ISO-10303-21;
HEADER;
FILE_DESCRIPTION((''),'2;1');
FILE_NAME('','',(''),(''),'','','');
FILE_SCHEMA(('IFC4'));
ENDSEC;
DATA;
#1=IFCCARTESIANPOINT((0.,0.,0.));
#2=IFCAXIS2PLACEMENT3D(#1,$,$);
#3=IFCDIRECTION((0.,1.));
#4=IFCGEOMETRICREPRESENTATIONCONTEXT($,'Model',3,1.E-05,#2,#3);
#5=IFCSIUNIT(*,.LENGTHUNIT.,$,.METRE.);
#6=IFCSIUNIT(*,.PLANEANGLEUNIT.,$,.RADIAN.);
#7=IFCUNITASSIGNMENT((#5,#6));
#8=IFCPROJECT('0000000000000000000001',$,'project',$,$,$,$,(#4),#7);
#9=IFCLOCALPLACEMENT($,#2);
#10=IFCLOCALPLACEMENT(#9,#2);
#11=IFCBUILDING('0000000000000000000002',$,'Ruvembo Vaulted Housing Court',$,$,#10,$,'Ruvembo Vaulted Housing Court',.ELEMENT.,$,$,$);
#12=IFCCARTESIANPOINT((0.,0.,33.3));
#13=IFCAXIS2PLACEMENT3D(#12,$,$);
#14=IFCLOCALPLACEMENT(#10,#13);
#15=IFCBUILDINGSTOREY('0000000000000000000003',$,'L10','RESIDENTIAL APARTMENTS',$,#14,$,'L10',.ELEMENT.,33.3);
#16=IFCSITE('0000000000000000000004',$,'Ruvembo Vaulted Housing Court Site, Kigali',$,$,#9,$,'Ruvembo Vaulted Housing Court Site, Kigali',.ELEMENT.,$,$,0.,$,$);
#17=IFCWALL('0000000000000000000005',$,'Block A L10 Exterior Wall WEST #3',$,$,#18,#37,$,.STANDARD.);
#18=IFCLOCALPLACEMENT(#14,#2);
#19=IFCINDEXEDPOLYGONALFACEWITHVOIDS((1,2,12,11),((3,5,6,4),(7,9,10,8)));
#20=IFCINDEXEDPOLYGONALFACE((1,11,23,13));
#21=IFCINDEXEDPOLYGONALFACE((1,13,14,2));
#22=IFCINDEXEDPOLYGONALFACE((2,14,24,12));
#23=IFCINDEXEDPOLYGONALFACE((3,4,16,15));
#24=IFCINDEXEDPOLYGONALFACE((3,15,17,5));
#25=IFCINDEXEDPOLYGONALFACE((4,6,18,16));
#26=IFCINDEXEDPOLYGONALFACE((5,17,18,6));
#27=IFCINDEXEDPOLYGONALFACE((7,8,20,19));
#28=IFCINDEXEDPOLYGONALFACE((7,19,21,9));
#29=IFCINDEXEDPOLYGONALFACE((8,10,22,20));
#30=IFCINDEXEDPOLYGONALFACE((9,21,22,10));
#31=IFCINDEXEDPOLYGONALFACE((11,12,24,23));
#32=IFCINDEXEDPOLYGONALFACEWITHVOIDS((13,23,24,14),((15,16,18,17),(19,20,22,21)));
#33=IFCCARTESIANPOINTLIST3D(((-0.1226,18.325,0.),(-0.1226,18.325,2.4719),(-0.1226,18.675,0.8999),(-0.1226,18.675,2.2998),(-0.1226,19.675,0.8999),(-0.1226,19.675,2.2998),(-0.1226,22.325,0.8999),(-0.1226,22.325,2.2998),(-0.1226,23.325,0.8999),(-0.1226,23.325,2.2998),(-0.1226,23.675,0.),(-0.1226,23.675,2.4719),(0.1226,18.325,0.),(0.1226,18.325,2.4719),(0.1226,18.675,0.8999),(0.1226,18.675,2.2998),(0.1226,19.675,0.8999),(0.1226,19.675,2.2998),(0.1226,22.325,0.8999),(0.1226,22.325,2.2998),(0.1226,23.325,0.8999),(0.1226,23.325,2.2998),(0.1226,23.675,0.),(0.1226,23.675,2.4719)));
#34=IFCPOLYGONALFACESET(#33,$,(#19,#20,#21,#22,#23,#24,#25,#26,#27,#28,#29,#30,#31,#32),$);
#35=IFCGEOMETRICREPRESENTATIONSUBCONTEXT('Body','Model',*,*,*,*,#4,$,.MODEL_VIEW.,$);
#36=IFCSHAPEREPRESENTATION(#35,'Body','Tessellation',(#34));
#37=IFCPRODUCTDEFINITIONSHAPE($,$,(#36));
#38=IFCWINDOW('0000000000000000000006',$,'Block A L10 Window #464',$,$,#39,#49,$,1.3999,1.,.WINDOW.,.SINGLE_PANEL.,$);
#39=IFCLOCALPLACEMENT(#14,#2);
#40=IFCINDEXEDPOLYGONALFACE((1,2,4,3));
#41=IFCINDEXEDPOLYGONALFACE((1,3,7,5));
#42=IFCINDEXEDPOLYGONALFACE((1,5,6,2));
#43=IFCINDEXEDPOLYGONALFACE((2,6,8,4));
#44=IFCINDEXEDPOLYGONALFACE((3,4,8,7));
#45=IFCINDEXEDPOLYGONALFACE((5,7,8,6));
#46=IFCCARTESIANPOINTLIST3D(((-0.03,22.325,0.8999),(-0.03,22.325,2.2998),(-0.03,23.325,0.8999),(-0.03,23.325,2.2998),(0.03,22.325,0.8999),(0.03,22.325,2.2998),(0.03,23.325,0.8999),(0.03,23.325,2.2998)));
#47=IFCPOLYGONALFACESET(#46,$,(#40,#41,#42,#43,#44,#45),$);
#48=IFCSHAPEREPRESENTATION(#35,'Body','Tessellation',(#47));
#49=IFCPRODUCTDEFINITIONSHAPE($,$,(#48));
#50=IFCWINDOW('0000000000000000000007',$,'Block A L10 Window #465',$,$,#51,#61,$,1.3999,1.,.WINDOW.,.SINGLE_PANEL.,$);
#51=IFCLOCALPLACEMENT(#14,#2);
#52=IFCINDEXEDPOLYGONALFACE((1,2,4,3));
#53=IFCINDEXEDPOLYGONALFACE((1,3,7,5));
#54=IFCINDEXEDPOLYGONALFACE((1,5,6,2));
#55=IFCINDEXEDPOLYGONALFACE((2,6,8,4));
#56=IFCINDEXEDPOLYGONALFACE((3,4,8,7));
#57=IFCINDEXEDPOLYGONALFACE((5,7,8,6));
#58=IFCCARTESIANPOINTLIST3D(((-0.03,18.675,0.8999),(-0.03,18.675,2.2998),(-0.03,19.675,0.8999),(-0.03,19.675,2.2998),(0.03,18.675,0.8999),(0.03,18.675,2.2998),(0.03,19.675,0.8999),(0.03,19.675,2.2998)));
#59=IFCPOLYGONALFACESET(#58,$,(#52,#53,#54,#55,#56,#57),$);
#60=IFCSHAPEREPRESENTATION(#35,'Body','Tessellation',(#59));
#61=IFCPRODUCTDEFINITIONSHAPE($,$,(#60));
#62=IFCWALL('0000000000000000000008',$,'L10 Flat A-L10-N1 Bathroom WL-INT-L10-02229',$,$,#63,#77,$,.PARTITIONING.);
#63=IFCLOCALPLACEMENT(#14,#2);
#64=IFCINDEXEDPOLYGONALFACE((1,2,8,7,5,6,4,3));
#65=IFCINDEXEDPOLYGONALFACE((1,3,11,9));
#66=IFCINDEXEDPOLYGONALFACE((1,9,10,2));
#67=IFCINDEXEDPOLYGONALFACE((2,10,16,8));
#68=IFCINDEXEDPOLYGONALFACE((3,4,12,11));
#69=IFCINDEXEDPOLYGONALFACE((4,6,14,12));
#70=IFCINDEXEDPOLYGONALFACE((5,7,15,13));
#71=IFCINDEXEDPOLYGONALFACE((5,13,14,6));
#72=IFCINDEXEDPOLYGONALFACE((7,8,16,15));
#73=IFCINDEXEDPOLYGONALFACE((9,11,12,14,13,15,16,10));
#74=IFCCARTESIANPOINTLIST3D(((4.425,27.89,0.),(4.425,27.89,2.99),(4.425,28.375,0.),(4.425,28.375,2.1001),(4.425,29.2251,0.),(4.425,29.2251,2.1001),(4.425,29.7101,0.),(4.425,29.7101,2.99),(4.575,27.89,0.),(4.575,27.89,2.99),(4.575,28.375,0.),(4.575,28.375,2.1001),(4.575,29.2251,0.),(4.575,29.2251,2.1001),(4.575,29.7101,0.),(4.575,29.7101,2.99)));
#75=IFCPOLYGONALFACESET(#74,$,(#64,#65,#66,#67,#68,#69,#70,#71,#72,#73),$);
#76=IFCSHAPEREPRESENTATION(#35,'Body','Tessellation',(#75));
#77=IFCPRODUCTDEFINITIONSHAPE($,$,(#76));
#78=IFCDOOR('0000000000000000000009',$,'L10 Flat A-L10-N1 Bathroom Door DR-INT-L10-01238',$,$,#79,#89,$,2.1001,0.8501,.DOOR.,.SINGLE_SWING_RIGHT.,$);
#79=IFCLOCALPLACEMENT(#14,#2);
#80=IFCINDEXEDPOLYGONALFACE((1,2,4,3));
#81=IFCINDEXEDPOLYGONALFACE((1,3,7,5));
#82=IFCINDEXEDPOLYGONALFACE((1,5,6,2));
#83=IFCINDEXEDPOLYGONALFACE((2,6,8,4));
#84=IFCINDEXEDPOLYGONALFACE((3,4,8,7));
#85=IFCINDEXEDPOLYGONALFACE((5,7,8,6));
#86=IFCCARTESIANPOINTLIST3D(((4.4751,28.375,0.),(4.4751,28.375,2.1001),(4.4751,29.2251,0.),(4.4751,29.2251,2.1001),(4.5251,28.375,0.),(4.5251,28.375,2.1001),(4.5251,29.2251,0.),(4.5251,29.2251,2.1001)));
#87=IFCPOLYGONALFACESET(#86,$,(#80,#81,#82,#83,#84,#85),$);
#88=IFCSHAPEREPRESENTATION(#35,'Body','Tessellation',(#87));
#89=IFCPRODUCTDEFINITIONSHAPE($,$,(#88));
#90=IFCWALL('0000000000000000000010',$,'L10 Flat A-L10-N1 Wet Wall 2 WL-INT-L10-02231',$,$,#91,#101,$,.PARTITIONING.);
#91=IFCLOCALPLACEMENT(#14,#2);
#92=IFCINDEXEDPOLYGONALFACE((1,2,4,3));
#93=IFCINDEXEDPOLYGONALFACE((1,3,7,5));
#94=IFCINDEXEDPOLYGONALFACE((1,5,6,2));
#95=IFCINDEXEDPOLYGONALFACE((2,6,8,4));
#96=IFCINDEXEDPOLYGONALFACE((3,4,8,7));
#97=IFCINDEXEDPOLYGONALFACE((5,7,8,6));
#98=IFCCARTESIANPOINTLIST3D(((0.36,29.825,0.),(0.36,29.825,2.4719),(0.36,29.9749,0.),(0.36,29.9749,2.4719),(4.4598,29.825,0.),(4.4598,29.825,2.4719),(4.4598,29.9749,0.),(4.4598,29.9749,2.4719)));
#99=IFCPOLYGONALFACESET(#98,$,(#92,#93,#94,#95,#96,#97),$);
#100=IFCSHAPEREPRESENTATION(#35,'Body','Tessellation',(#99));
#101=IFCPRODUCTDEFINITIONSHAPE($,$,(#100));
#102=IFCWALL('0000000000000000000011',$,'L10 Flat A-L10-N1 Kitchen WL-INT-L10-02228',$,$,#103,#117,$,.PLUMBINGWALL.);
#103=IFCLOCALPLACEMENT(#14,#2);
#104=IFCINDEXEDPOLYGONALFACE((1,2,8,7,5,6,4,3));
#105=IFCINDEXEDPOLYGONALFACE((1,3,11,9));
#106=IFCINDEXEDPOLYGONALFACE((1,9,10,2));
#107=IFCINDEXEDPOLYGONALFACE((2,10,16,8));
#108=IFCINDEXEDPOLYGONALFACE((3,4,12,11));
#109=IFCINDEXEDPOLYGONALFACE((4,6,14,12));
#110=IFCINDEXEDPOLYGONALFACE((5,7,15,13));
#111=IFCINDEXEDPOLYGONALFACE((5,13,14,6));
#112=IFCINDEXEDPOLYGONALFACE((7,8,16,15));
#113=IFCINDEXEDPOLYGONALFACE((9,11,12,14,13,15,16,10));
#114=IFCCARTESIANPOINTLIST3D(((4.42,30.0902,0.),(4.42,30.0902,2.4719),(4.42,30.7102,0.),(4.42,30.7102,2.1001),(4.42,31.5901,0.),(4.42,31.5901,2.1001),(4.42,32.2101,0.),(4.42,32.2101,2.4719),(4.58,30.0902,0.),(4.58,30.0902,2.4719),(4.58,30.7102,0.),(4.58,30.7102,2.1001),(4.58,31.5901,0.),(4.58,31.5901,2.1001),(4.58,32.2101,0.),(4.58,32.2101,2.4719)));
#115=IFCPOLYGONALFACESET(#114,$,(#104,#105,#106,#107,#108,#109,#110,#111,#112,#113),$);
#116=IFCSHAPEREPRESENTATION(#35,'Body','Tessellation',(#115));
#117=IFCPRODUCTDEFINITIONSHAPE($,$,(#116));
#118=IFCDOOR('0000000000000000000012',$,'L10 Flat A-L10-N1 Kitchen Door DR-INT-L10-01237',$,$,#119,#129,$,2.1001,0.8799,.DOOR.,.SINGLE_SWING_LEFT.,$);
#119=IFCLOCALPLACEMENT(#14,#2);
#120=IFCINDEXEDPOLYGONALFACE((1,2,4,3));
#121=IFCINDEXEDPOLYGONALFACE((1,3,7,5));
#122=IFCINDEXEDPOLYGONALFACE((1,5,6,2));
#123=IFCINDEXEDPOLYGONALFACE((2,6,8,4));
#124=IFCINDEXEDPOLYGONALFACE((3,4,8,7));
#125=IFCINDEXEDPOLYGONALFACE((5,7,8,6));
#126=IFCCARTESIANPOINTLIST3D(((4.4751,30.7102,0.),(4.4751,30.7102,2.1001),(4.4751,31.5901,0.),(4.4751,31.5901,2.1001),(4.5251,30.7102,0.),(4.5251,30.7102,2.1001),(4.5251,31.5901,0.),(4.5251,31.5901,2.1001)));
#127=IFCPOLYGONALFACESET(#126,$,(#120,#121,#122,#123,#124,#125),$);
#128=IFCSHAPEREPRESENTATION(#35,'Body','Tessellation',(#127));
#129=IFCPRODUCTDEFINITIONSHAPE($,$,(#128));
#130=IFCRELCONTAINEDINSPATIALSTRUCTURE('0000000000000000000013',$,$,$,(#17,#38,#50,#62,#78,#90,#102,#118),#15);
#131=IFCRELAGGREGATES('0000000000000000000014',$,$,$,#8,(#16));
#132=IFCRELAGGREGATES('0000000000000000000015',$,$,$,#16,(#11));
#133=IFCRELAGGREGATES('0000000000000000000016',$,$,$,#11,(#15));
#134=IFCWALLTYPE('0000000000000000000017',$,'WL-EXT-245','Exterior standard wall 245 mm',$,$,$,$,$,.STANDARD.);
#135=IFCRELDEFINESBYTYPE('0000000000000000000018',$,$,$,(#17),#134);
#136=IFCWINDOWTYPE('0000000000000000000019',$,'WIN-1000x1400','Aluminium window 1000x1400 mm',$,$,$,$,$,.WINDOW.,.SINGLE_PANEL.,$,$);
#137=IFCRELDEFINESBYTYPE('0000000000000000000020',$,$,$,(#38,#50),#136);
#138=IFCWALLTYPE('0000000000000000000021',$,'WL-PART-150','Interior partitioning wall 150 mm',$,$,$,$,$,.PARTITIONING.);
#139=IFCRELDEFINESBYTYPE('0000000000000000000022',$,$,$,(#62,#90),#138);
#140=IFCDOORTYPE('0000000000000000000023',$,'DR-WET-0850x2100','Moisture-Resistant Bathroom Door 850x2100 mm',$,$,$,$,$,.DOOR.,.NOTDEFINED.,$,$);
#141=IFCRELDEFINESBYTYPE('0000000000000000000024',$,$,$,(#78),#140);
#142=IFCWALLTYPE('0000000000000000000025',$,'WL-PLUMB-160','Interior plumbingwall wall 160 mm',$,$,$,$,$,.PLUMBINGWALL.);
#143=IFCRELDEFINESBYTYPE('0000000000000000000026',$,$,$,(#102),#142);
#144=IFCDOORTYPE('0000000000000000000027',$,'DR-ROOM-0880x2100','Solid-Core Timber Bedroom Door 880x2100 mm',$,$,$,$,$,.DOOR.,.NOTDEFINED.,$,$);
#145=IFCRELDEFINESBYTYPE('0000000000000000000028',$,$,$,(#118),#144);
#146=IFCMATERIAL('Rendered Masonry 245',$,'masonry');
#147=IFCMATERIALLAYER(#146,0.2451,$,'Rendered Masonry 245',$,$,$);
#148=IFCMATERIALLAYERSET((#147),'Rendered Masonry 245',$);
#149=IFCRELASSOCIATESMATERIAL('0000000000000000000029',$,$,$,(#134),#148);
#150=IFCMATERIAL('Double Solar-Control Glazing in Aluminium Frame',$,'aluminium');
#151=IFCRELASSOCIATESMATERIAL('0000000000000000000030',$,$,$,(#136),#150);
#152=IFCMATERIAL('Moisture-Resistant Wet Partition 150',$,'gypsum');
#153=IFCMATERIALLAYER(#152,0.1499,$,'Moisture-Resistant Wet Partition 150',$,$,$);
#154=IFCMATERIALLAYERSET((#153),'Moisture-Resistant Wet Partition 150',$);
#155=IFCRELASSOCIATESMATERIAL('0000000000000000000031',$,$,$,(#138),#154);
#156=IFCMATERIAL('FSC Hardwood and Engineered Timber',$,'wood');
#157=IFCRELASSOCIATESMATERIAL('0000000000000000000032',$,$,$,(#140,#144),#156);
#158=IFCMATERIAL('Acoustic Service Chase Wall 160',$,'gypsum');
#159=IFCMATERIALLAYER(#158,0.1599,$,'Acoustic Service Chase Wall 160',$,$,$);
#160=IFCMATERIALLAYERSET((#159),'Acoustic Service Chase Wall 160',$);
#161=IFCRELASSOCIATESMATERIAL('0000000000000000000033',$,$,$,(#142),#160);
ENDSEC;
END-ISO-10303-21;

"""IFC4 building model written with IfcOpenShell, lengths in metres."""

from ifc_helpers import new_model, si_unit, direction, frame, frame_2d, origin, place, context, subcontext, project, spatial, rectangle, extrude, material, layer, layer_set, type_object, element, fill, save


model = new_model("IFC4")

# Units and contexts
model_context = context("Model", 3, precision=1e-05, world=origin(), true_north=direction((0.0, 1.0)))
body_context = subcontext(model_context, "Body", "Model", "MODEL_VIEW")
ifc_project = project(units=[si_unit("LENGTHUNIT", "METRE"), si_unit("PLANEANGLEUNIT", "RADIAN")], contexts=[model_context])

# Site, building, storey
site_placement = place(None, origin())
site = spatial("IfcSite", under=ifc_project, at=site_placement, Name="Ruvembo Vaulted Housing Court Site, Kigali", LongName="Ruvembo Vaulted Housing Court Site, Kigali", CompositionType="ELEMENT", RefElevation=0.0)
building_placement = place(site_placement, origin())
building = spatial("IfcBuilding", under=site, at=building_placement, Name="Ruvembo Vaulted Housing Court", LongName="Ruvembo Vaulted Housing Court", CompositionType="ELEMENT")
storey_placement = place(building_placement, frame((0.0, 0.0, 33.3)))
storey = spatial("IfcBuildingStorey", under=building, at=storey_placement, Name="L10", Description="RESIDENTIAL APARTMENTS", LongName="L10", CompositionType="ELEMENT", Elevation=33.3)

# Wall, openings, windows
ifc_material_1 = material(Name="Rendered Masonry 245", Category="masonry")
ifc_layer_1 = layer(ifc_material_1, 0.2451, Name="Rendered Masonry 245")
ifc_layer_set_1 = layer_set([ifc_layer_1], Name="Rendered Masonry 245")
wall_type_1 = type_object("IfcWallType", Name="WL-EXT-245", Description="Exterior standard wall 245 mm", PredefinedType="STANDARD", material=ifc_layer_set_1)
ifc_material_2 = material(Name="Double Solar-Control Glazing in Aluminium Frame", Category="aluminium")
wall_1_placement = place(storey_placement, frame((0.0, 23.675, 0.0), z_axis=(0.0, 0.0, 1.0), x_axis=(0.0, -1.0, 0.0)))
wall_1 = element("IfcWall", 1, at=wall_1_placement, inside=storey, type_object=wall_type_1, Name="Block A L10 Exterior Wall WEST #3", PredefinedType="STANDARD", context=body_context, shape_type="SweptSolid", body=[
    extrude(rectangle(XDim=5.3501, YDim=0.2451, at=frame_2d((2.675, 0.0))), origin(), (0.0, 0.0, 1.0), 2.4719),
])
opening_1_placement = place(wall_1_placement, frame((0.3501, 0.0, 0.8999)))
opening_1 = element("IfcOpeningElement", 2, at=opening_1_placement, cuts=wall_1, PredefinedType="OPENING", context=body_context, shape_type="SweptSolid", body=[
    extrude(rectangle(XDim=1.0, YDim=1.3999, at=frame_2d((0.5, 0.7))), frame((0.0, 0.1326, 0.0), z_axis=(0.0, -1.0, 0.0), x_axis=(1.0, 0.0, 0.0)), (0.0, 0.0, 1.0), 0.2651),
])
opening_2_placement = place(wall_1_placement, frame((4.0, 0.0, 0.8999)))
opening_2 = element("IfcOpeningElement", 3, at=opening_2_placement, cuts=wall_1, PredefinedType="OPENING", context=body_context, shape_type="SweptSolid", body=[
    extrude(rectangle(XDim=1.0, YDim=1.3999, at=frame_2d((0.5, 0.7))), frame((0.0, 0.1326, 0.0), z_axis=(0.0, -1.0, 0.0), x_axis=(1.0, 0.0, 0.0)), (0.0, 0.0, 1.0), 0.2651),
])
window_type_1 = type_object("IfcWindowType", Name="WIN-1000x1400", Description="Aluminium window 1000x1400 mm", PartitioningType="SINGLE_PANEL", PredefinedType="WINDOW", material=ifc_material_2)
window_1_placement = place(opening_1_placement, origin())
window_1 = element("IfcWindow", 4, at=window_1_placement, inside=storey, type_object=window_type_1, Name="Block A L10 Window #464", OverallHeight=1.3999, OverallWidth=1.0, PartitioningType="SINGLE_PANEL", PredefinedType="WINDOW", context=body_context, shape_type="SweptSolid", body=[
    extrude(rectangle(XDim=1.0, YDim=1.3999, at=frame_2d((0.5, 0.7))), frame((0.0, 0.03, 0.0), z_axis=(0.0, -1.0, 0.0), x_axis=(1.0, 0.0, 0.0)), (0.0, 0.0, 1.0), 0.0601),
])
fill(opening_1, window_1)
window_2_placement = place(opening_2_placement, origin())
window_2 = element("IfcWindow", 5, at=window_2_placement, inside=storey, type_object=window_type_1, Name="Block A L10 Window #465", OverallHeight=1.3999, OverallWidth=1.0, PartitioningType="SINGLE_PANEL", PredefinedType="WINDOW", context=body_context, shape_type="SweptSolid", body=[
    extrude(rectangle(XDim=1.0, YDim=1.3999, at=frame_2d((0.5, 0.7))), frame((0.0, 0.03, 0.0), z_axis=(0.0, -1.0, 0.0), x_axis=(1.0, 0.0, 0.0)), (0.0, 0.0, 1.0), 0.0601),
])
fill(opening_2, window_2)

# Wall, opening, door
ifc_material_3 = material(Name="Moisture-Resistant Wet Partition 150", Category="gypsum")
ifc_layer_2 = layer(ifc_material_3, 0.1499, Name="Moisture-Resistant Wet Partition 150")
ifc_layer_set_2 = layer_set([ifc_layer_2], Name="Moisture-Resistant Wet Partition 150")
wall_type_2 = type_object("IfcWallType", Name="WL-PART-150", Description="Interior partitioning wall 150 mm", PredefinedType="PARTITIONING", material=ifc_layer_set_2)
wall_2_placement = place(storey_placement, frame((4.5, 27.8899, 0.0), z_axis=(0.0, 0.0, 1.0), x_axis=(0.0, 1.0, 0.0)))
wall_2 = element("IfcWall", 6, at=wall_2_placement, inside=storey, type_object=wall_type_2, Name="L10 Flat A-L10-N1 Bathroom WL-INT-L10-02229", PredefinedType="PARTITIONING", context=body_context, shape_type="SweptSolid", body=[
    extrude(rectangle(XDim=1.8201, YDim=0.1499, at=frame_2d((0.9102, 0.0))), origin(), (0.0, 0.0, 1.0), 2.99),
])
opening_3_placement = place(wall_2_placement, frame((0.4851, 0.0, 0.0)))
opening_3 = element("IfcOpeningElement", 7, at=opening_3_placement, cuts=wall_2, PredefinedType="OPENING", context=body_context, shape_type="SweptSolid", body=[
    extrude(rectangle(XDim=0.8501, YDim=2.1001, at=frame_2d((0.425, 1.05))), frame((0.0, 0.085, 0.0), z_axis=(0.0, -1.0, 0.0), x_axis=(1.0, 0.0, 0.0)), (0.0, 0.0, 1.0), 0.1699),
])
ifc_material_4 = material(Name="FSC Hardwood and Engineered Timber", Category="wood")
door_type_1 = type_object("IfcDoorType", Name="DR-WET-0850x2100", Description="Moisture-Resistant Bathroom Door 850x2100 mm", OperationType="NOTDEFINED", PredefinedType="DOOR", material=ifc_material_4)
door_1_placement = place(opening_3_placement, origin())
door_1 = element("IfcDoor", 8, at=door_1_placement, inside=storey, type_object=door_type_1, Name="L10 Flat A-L10-N1 Bathroom Door DR-INT-L10-01238", OperationType="SINGLE_SWING_RIGHT", OverallHeight=2.1001, OverallWidth=0.8501, PredefinedType="DOOR", context=body_context, shape_type="SweptSolid", body=[
    extrude(rectangle(XDim=0.8501, YDim=2.1001, at=frame_2d((0.425, 1.05))), frame((0.0, 0.0249, 0.0), z_axis=(0.0, -1.0, 0.0), x_axis=(1.0, 0.0, 0.0)), (0.0, 0.0, 1.0), 0.05),
])
fill(opening_3, door_1)

# Wall
wall_3_placement = place(storey_placement, frame((0.3601, 29.8999, 0.0), z_axis=(0.0, 0.0, 1.0), x_axis=(1.0, 0.0, 0.0)))
element("IfcWall", 9, at=wall_3_placement, inside=storey, type_object=wall_type_2, Name="L10 Flat A-L10-N1 Wet Wall 2 WL-INT-L10-02231", PredefinedType="PARTITIONING", context=body_context, shape_type="SweptSolid", body=[
    extrude(rectangle(XDim=4.0999, YDim=0.1499, at=frame_2d((2.0498, 0.0))), origin(), (0.0, 0.0, 1.0), 2.4719),
])

# Wall, opening, door
ifc_material_5 = material(Name="Acoustic Service Chase Wall 160", Category="gypsum")
ifc_layer_3 = layer(ifc_material_5, 0.1599, Name="Acoustic Service Chase Wall 160")
ifc_layer_set_3 = layer_set([ifc_layer_3], Name="Acoustic Service Chase Wall 160")
wall_type_3 = type_object("IfcWallType", Name="WL-PLUMB-160", Description="Interior plumbingwall wall 160 mm", PredefinedType="PLUMBINGWALL", material=ifc_layer_set_3)
wall_4_placement = place(storey_placement, frame((4.5, 30.0901, 0.0), z_axis=(0.0, 0.0, 1.0), x_axis=(0.0, 1.0, 0.0)))
wall_4 = element("IfcWall", 10, at=wall_4_placement, inside=storey, type_object=wall_type_3, Name="L10 Flat A-L10-N1 Kitchen WL-INT-L10-02228", PredefinedType="PLUMBINGWALL", context=body_context, shape_type="SweptSolid", body=[
    extrude(rectangle(XDim=2.1199, YDim=0.1599, at=frame_2d((1.0601, 0.0))), origin(), (0.0, 0.0, 1.0), 2.4719),
])
opening_4_placement = place(wall_4_placement, frame((0.6201, 0.0, 0.0)))
opening_4 = element("IfcOpeningElement", 11, at=opening_4_placement, cuts=wall_4, PredefinedType="OPENING", context=body_context, shape_type="SweptSolid", body=[
    extrude(rectangle(XDim=0.8799, YDim=2.1001, at=frame_2d((0.4399, 1.05))), frame((0.0, 0.0898, 0.0), z_axis=(0.0, -1.0, 0.0), x_axis=(1.0, 0.0, 0.0)), (0.0, 0.0, 1.0), 0.1799),
])
door_type_2 = type_object("IfcDoorType", Name="DR-ROOM-0880x2100", Description="Solid-Core Timber Bedroom Door 880x2100 mm", OperationType="NOTDEFINED", PredefinedType="DOOR", material=ifc_material_4)
door_2_placement = place(opening_4_placement, origin())
door_2 = element("IfcDoor", 12, at=door_2_placement, inside=storey, type_object=door_type_2, Name="L10 Flat A-L10-N1 Kitchen Door DR-INT-L10-01237", OperationType="SINGLE_SWING_LEFT", OverallHeight=2.1001, OverallWidth=0.8799, PredefinedType="DOOR", context=body_context, shape_type="SweptSolid", body=[
    extrude(rectangle(XDim=0.8799, YDim=2.1001, at=frame_2d((0.4399, 1.05))), frame((0.0, 0.0249, 0.0), z_axis=(0.0, -1.0, 0.0), x_axis=(1.0, 0.0, 0.0)), (0.0, 0.0, 1.0), 0.05),
])
fill(opening_4, door_2)

save(model, "model.ifc")
